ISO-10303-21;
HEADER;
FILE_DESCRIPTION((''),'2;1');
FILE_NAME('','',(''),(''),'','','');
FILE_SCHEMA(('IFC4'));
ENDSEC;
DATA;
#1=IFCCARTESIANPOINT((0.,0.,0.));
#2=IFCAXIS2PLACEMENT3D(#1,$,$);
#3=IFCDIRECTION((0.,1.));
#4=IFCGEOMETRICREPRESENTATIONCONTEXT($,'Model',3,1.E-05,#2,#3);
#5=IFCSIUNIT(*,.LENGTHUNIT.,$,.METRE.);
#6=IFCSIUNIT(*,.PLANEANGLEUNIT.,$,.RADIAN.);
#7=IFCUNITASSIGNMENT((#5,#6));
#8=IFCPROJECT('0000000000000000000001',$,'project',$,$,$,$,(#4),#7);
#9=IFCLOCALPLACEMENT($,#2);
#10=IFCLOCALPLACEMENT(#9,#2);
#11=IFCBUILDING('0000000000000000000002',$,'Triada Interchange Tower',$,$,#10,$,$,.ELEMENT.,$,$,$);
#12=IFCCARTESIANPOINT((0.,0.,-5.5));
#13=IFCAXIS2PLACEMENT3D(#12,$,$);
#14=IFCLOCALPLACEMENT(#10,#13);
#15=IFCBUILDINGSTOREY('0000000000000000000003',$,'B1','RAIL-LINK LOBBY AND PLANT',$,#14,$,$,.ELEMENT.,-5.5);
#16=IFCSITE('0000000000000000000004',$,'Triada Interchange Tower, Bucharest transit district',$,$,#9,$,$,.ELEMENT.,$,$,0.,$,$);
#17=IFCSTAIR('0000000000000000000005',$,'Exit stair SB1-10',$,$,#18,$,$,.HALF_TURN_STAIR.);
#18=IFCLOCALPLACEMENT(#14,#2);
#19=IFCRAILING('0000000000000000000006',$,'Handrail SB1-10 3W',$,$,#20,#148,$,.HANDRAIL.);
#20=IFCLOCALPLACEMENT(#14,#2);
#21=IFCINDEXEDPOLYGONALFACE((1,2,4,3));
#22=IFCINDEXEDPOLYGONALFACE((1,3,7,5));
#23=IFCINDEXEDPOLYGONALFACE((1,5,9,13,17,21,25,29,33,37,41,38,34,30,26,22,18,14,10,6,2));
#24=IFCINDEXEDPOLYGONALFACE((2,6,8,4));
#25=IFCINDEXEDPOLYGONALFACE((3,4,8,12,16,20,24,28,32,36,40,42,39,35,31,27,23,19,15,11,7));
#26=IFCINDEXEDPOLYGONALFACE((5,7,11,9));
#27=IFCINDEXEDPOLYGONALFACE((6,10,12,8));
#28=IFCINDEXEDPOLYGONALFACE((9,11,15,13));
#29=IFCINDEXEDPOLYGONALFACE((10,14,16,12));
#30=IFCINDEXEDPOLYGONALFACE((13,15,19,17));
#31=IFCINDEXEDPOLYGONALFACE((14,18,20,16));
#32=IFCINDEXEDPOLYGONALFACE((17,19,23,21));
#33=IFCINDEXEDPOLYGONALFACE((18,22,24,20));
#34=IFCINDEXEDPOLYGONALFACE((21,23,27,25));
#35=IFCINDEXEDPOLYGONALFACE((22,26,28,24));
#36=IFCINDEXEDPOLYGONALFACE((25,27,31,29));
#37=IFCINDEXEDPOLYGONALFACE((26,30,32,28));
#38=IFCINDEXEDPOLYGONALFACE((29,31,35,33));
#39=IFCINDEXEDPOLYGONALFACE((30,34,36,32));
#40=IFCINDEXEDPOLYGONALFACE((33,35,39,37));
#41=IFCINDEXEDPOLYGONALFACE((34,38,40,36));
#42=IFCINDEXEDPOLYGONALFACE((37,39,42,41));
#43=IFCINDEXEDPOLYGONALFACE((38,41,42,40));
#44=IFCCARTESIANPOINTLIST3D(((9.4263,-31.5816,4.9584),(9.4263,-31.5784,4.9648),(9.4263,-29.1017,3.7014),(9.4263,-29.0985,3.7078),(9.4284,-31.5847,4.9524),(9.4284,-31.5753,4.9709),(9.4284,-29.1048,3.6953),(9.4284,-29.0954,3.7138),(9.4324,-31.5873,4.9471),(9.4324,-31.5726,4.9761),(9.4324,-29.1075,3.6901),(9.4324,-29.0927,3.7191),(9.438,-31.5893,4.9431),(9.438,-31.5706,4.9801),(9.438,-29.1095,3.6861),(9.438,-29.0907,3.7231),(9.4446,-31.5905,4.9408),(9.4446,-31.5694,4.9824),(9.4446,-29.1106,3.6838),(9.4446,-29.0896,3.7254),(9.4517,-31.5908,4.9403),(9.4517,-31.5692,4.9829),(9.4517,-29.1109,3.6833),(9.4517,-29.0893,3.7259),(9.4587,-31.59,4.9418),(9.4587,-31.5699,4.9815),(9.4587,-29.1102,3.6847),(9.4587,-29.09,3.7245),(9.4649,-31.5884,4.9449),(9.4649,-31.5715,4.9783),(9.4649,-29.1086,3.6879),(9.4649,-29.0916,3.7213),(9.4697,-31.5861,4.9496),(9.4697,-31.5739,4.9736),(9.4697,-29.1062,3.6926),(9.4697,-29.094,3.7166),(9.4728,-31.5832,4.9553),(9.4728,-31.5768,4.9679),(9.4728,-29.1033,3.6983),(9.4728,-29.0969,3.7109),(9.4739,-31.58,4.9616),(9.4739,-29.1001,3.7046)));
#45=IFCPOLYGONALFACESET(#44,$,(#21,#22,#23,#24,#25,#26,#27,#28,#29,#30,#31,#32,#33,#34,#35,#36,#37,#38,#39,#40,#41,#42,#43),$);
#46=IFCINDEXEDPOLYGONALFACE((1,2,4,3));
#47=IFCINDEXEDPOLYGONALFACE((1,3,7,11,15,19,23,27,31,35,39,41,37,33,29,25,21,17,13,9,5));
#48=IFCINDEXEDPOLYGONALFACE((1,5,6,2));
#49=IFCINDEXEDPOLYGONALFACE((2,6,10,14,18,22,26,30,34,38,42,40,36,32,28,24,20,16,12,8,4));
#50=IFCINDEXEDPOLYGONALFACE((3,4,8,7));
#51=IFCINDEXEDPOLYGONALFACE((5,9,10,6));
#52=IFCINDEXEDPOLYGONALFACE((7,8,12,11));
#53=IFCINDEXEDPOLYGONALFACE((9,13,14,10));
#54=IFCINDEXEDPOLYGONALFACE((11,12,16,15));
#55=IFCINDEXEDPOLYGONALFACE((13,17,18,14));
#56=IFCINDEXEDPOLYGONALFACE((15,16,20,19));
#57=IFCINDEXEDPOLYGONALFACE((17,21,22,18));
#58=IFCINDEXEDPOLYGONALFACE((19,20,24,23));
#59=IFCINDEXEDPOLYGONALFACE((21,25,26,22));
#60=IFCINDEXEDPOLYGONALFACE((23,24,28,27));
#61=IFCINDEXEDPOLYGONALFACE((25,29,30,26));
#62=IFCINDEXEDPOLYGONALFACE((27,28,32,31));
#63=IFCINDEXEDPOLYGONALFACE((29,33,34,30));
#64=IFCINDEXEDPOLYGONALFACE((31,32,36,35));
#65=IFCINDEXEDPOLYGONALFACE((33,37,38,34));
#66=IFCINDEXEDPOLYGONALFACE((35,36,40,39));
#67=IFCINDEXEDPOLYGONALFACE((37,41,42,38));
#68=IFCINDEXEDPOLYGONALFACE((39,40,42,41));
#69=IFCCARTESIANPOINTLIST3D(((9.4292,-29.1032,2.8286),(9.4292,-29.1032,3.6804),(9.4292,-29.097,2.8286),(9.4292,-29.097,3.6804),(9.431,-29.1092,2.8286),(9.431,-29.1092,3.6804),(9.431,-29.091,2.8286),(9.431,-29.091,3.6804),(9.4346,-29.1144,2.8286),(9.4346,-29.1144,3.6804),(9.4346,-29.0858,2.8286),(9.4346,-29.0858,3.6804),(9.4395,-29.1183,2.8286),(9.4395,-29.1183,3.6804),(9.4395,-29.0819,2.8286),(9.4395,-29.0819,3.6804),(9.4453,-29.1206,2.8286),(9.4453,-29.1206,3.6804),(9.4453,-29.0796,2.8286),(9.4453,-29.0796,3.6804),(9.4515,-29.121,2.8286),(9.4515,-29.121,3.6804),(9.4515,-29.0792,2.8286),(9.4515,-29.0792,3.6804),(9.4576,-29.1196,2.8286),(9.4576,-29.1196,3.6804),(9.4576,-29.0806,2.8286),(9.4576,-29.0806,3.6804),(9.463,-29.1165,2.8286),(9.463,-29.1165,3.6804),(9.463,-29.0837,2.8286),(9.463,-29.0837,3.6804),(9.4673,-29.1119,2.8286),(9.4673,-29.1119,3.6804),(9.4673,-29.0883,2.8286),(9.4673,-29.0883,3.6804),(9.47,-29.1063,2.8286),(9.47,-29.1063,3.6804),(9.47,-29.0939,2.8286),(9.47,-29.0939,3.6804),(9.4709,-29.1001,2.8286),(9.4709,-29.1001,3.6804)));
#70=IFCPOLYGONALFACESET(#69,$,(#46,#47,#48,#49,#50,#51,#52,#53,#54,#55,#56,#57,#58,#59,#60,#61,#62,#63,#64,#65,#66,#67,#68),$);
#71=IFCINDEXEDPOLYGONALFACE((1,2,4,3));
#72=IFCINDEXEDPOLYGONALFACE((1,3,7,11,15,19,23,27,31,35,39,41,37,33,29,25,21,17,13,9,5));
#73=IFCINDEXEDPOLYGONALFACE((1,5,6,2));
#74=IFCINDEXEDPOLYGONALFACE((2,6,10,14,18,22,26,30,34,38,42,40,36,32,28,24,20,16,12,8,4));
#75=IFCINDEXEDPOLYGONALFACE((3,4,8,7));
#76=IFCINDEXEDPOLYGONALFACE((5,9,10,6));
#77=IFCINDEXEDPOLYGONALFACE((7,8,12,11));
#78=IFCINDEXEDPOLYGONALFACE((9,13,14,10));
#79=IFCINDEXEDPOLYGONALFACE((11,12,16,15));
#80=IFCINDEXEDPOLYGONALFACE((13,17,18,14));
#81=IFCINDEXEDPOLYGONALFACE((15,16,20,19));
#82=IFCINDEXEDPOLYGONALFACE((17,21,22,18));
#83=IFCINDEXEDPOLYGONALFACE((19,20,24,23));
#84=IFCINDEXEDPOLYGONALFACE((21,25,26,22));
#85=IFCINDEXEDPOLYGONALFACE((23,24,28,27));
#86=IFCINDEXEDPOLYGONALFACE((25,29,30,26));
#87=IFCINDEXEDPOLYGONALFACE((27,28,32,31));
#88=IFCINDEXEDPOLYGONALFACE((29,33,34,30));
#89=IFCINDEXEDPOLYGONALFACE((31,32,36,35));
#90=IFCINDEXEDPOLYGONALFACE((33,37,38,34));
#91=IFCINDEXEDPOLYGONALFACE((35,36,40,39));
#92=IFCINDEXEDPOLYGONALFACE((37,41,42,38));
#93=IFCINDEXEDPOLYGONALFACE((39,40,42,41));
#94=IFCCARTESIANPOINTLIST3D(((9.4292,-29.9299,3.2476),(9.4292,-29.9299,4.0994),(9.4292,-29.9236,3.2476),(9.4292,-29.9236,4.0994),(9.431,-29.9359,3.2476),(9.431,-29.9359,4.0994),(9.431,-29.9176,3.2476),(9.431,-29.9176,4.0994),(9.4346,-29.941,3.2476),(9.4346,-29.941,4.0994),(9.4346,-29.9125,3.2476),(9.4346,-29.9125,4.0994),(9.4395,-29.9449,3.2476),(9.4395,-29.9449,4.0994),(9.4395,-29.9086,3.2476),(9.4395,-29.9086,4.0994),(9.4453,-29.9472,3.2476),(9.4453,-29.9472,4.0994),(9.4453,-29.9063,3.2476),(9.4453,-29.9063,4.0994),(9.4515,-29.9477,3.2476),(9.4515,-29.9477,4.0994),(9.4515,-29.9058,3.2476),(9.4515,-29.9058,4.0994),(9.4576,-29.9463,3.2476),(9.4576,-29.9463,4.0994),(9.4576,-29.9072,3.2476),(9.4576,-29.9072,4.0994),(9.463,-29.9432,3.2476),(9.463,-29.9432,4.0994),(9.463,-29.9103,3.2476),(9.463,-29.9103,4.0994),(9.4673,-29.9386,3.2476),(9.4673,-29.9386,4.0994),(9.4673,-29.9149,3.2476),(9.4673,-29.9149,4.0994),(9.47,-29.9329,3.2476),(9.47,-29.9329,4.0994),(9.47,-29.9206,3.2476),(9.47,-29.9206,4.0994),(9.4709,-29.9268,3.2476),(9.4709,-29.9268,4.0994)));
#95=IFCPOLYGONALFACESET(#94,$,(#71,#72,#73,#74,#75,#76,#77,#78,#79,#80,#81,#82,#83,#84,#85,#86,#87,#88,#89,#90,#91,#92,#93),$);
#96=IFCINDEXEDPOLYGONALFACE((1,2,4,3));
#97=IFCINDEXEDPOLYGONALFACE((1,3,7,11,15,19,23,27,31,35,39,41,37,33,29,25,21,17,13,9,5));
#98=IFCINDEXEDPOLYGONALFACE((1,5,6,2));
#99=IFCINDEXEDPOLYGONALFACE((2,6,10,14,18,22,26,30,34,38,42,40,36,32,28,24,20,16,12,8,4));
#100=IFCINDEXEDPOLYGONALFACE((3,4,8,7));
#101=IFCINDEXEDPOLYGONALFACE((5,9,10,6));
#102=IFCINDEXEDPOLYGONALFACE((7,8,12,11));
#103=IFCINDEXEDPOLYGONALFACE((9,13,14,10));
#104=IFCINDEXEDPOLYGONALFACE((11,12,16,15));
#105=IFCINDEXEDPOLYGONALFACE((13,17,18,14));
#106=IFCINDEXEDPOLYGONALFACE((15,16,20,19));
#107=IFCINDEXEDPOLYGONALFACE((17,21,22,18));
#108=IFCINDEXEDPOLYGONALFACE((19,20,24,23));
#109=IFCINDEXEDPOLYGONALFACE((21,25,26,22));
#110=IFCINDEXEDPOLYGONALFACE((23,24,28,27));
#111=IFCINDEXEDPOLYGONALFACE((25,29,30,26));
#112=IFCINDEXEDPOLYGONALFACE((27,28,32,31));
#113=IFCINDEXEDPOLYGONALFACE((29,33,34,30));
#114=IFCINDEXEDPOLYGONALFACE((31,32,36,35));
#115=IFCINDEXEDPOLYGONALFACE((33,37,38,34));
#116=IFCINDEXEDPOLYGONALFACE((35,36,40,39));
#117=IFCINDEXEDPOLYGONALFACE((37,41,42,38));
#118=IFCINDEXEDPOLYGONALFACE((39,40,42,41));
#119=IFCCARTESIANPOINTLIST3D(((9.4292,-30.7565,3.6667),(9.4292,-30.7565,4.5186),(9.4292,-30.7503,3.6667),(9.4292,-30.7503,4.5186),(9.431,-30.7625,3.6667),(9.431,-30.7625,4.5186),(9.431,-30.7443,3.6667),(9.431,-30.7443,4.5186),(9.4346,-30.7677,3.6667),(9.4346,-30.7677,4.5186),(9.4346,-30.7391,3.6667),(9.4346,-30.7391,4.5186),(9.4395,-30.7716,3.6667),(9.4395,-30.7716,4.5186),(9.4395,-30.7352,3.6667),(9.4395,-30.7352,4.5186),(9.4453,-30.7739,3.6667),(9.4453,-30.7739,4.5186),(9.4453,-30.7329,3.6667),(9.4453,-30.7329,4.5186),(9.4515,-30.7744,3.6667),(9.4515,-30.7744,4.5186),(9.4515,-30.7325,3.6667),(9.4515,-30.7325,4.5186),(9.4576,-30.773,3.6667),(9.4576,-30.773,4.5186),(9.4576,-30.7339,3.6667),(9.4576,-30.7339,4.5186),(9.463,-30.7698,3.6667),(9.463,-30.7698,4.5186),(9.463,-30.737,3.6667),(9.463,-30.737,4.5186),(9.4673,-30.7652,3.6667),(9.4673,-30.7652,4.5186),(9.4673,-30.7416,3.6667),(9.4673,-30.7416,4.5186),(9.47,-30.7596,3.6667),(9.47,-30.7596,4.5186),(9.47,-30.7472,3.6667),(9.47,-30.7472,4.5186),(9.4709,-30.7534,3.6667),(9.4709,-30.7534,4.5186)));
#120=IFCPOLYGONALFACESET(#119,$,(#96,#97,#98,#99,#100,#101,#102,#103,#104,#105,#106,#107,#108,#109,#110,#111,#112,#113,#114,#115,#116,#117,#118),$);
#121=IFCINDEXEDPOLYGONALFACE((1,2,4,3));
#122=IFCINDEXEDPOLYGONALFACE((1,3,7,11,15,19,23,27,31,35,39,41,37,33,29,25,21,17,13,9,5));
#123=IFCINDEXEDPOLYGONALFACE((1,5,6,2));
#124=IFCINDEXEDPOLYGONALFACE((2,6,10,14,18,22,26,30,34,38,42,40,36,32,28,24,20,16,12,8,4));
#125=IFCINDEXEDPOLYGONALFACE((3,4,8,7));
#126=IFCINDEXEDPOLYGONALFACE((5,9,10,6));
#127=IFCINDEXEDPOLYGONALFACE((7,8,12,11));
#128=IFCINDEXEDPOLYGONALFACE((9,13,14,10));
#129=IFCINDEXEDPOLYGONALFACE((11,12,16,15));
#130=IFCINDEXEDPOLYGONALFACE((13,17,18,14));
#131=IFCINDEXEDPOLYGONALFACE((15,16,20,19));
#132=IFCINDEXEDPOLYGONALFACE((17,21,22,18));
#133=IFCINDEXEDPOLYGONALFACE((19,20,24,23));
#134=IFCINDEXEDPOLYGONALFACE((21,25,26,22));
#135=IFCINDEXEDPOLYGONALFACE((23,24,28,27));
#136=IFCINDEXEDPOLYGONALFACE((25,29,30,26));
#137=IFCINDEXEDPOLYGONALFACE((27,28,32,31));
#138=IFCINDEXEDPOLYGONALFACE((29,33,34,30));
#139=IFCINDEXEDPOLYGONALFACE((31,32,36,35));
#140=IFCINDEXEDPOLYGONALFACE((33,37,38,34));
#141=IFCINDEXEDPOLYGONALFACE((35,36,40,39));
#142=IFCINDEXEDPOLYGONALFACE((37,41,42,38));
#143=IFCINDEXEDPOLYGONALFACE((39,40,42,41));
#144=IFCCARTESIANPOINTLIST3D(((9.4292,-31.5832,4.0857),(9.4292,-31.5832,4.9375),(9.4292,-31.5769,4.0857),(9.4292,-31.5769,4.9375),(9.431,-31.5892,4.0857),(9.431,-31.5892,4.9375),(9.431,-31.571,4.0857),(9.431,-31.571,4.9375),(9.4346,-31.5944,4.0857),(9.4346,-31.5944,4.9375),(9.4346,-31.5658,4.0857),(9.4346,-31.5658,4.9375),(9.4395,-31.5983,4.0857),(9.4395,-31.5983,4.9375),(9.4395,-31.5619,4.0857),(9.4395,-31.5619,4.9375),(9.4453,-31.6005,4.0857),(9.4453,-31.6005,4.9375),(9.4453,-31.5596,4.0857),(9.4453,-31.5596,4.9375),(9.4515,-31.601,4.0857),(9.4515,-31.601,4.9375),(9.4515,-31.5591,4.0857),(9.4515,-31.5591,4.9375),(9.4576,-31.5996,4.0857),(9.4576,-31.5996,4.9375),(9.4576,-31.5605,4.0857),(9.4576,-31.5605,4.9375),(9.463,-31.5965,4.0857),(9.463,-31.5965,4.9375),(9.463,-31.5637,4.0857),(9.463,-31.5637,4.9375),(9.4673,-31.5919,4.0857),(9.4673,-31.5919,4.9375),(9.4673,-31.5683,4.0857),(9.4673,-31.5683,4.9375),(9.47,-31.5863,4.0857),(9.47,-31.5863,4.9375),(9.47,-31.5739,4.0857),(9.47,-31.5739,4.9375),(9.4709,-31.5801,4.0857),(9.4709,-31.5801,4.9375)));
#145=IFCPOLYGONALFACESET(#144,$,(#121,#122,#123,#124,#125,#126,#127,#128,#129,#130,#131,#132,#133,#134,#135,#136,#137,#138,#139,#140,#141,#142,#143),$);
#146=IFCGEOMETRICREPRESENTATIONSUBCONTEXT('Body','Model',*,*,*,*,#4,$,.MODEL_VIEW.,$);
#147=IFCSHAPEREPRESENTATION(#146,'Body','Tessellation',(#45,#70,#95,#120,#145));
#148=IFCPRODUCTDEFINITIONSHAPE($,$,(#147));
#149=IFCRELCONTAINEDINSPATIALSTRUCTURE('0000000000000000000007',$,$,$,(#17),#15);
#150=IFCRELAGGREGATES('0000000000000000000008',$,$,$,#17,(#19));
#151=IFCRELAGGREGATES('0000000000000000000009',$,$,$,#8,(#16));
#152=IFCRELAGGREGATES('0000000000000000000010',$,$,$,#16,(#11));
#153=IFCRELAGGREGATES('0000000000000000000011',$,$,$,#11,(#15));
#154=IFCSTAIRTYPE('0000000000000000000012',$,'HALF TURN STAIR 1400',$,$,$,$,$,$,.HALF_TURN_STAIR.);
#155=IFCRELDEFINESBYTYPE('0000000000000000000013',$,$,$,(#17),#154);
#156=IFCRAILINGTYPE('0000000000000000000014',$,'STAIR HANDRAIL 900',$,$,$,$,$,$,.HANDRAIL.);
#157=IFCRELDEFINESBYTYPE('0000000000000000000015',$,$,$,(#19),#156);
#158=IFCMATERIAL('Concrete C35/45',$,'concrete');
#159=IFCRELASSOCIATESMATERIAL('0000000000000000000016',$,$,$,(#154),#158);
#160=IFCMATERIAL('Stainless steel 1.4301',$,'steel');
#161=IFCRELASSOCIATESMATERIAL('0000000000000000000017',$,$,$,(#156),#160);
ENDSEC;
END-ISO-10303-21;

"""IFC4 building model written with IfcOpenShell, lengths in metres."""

from ifc_helpers import new_model, si_unit, direction, frame, origin, origin_2d, place, context, subcontext, project, spatial, circle, extrude, material, type_object, element, aggregate, save


model = new_model("IFC4")

# Units and contexts
model_context = context("Model", 3, precision=1e-05, world=origin(), true_north=direction((0.0, 1.0)))
body_context = subcontext(model_context, "Body", "Model", "MODEL_VIEW")
ifc_project = project(units=[si_unit("LENGTHUNIT", "METRE"), si_unit("PLANEANGLEUNIT", "RADIAN")], contexts=[model_context])

# Site, building, storey
site_placement = place(None, origin())
site = spatial("IfcSite", under=ifc_project, at=site_placement, Name="Triada Interchange Tower, Bucharest transit district", CompositionType="ELEMENT", RefElevation=0.0)
building_placement = place(site_placement, origin())
building = spatial("IfcBuilding", under=site, at=building_placement, Name="Triada Interchange Tower", CompositionType="ELEMENT")
storey_placement = place(building_placement, frame((0.0, 0.0, -5.5)))
storey = spatial("IfcBuildingStorey", under=building, at=storey_placement, Name="B1", Description="RAIL-LINK LOBBY AND PLANT", CompositionType="ELEMENT", Elevation=-5.5)

# Shared definitions
ifc_material_1 = material(Name="Concrete C35/45", Category="concrete")

# Stair, railing
stair_type = type_object("IfcStairType", Name="HALF TURN STAIR 1400", PredefinedType="HALF_TURN_STAIR", material=ifc_material_1)
stair_placement = place(storey_placement, origin())
stair = element("IfcStair", 1, at=stair_placement, inside=storey, type_object=stair_type, Name="Exit stair SB1-10", PredefinedType="HALF_TURN_STAIR")
ifc_material_2 = material(Name="Stainless steel 1.4301", Category="steel")
railing_type_1 = type_object("IfcRailingType", Name="STAIR HANDRAIL 900", PredefinedType="HANDRAIL", material=ifc_material_2)
railing_1_placement = place(storey_placement, frame((9.45, -29.1001, 2.8286)))
railing_1 = element("IfcRailing", 2, at=railing_1_placement, type_object=railing_type_1, Name="Handrail SB1-10 3W", PredefinedType="HANDRAIL", context=body_context, shape_type="SweptSolid", body=[
    extrude(circle(Radius=0.0239, at=origin_2d()), frame((0.0, 0.0, 0.876), z_axis=(0.0, -0.891955, 0.452124), x_axis=(1.0, 0.0, 0.0)), (0.0, 0.0, 1.0), 2.7803),
    extrude(circle(Radius=0.021, at=origin_2d()), origin(), (0.0, 0.0, 1.0), 0.8518),
    extrude(circle(Radius=0.021, at=origin_2d()), frame((0.0, -0.8267, 0.4189)), (0.0, 0.0, 1.0), 0.8518),
    extrude(circle(Radius=0.021, at=origin_2d()), frame((0.0, -1.6533, 0.8381)), (0.0, 0.0, 1.0), 0.8518),
    extrude(circle(Radius=0.021, at=origin_2d()), frame((0.0, -2.48, 1.2571)), (0.0, 0.0, 1.0), 0.8518),
])
aggregate(stair, [railing_1])

save(model, "model.ifc")
